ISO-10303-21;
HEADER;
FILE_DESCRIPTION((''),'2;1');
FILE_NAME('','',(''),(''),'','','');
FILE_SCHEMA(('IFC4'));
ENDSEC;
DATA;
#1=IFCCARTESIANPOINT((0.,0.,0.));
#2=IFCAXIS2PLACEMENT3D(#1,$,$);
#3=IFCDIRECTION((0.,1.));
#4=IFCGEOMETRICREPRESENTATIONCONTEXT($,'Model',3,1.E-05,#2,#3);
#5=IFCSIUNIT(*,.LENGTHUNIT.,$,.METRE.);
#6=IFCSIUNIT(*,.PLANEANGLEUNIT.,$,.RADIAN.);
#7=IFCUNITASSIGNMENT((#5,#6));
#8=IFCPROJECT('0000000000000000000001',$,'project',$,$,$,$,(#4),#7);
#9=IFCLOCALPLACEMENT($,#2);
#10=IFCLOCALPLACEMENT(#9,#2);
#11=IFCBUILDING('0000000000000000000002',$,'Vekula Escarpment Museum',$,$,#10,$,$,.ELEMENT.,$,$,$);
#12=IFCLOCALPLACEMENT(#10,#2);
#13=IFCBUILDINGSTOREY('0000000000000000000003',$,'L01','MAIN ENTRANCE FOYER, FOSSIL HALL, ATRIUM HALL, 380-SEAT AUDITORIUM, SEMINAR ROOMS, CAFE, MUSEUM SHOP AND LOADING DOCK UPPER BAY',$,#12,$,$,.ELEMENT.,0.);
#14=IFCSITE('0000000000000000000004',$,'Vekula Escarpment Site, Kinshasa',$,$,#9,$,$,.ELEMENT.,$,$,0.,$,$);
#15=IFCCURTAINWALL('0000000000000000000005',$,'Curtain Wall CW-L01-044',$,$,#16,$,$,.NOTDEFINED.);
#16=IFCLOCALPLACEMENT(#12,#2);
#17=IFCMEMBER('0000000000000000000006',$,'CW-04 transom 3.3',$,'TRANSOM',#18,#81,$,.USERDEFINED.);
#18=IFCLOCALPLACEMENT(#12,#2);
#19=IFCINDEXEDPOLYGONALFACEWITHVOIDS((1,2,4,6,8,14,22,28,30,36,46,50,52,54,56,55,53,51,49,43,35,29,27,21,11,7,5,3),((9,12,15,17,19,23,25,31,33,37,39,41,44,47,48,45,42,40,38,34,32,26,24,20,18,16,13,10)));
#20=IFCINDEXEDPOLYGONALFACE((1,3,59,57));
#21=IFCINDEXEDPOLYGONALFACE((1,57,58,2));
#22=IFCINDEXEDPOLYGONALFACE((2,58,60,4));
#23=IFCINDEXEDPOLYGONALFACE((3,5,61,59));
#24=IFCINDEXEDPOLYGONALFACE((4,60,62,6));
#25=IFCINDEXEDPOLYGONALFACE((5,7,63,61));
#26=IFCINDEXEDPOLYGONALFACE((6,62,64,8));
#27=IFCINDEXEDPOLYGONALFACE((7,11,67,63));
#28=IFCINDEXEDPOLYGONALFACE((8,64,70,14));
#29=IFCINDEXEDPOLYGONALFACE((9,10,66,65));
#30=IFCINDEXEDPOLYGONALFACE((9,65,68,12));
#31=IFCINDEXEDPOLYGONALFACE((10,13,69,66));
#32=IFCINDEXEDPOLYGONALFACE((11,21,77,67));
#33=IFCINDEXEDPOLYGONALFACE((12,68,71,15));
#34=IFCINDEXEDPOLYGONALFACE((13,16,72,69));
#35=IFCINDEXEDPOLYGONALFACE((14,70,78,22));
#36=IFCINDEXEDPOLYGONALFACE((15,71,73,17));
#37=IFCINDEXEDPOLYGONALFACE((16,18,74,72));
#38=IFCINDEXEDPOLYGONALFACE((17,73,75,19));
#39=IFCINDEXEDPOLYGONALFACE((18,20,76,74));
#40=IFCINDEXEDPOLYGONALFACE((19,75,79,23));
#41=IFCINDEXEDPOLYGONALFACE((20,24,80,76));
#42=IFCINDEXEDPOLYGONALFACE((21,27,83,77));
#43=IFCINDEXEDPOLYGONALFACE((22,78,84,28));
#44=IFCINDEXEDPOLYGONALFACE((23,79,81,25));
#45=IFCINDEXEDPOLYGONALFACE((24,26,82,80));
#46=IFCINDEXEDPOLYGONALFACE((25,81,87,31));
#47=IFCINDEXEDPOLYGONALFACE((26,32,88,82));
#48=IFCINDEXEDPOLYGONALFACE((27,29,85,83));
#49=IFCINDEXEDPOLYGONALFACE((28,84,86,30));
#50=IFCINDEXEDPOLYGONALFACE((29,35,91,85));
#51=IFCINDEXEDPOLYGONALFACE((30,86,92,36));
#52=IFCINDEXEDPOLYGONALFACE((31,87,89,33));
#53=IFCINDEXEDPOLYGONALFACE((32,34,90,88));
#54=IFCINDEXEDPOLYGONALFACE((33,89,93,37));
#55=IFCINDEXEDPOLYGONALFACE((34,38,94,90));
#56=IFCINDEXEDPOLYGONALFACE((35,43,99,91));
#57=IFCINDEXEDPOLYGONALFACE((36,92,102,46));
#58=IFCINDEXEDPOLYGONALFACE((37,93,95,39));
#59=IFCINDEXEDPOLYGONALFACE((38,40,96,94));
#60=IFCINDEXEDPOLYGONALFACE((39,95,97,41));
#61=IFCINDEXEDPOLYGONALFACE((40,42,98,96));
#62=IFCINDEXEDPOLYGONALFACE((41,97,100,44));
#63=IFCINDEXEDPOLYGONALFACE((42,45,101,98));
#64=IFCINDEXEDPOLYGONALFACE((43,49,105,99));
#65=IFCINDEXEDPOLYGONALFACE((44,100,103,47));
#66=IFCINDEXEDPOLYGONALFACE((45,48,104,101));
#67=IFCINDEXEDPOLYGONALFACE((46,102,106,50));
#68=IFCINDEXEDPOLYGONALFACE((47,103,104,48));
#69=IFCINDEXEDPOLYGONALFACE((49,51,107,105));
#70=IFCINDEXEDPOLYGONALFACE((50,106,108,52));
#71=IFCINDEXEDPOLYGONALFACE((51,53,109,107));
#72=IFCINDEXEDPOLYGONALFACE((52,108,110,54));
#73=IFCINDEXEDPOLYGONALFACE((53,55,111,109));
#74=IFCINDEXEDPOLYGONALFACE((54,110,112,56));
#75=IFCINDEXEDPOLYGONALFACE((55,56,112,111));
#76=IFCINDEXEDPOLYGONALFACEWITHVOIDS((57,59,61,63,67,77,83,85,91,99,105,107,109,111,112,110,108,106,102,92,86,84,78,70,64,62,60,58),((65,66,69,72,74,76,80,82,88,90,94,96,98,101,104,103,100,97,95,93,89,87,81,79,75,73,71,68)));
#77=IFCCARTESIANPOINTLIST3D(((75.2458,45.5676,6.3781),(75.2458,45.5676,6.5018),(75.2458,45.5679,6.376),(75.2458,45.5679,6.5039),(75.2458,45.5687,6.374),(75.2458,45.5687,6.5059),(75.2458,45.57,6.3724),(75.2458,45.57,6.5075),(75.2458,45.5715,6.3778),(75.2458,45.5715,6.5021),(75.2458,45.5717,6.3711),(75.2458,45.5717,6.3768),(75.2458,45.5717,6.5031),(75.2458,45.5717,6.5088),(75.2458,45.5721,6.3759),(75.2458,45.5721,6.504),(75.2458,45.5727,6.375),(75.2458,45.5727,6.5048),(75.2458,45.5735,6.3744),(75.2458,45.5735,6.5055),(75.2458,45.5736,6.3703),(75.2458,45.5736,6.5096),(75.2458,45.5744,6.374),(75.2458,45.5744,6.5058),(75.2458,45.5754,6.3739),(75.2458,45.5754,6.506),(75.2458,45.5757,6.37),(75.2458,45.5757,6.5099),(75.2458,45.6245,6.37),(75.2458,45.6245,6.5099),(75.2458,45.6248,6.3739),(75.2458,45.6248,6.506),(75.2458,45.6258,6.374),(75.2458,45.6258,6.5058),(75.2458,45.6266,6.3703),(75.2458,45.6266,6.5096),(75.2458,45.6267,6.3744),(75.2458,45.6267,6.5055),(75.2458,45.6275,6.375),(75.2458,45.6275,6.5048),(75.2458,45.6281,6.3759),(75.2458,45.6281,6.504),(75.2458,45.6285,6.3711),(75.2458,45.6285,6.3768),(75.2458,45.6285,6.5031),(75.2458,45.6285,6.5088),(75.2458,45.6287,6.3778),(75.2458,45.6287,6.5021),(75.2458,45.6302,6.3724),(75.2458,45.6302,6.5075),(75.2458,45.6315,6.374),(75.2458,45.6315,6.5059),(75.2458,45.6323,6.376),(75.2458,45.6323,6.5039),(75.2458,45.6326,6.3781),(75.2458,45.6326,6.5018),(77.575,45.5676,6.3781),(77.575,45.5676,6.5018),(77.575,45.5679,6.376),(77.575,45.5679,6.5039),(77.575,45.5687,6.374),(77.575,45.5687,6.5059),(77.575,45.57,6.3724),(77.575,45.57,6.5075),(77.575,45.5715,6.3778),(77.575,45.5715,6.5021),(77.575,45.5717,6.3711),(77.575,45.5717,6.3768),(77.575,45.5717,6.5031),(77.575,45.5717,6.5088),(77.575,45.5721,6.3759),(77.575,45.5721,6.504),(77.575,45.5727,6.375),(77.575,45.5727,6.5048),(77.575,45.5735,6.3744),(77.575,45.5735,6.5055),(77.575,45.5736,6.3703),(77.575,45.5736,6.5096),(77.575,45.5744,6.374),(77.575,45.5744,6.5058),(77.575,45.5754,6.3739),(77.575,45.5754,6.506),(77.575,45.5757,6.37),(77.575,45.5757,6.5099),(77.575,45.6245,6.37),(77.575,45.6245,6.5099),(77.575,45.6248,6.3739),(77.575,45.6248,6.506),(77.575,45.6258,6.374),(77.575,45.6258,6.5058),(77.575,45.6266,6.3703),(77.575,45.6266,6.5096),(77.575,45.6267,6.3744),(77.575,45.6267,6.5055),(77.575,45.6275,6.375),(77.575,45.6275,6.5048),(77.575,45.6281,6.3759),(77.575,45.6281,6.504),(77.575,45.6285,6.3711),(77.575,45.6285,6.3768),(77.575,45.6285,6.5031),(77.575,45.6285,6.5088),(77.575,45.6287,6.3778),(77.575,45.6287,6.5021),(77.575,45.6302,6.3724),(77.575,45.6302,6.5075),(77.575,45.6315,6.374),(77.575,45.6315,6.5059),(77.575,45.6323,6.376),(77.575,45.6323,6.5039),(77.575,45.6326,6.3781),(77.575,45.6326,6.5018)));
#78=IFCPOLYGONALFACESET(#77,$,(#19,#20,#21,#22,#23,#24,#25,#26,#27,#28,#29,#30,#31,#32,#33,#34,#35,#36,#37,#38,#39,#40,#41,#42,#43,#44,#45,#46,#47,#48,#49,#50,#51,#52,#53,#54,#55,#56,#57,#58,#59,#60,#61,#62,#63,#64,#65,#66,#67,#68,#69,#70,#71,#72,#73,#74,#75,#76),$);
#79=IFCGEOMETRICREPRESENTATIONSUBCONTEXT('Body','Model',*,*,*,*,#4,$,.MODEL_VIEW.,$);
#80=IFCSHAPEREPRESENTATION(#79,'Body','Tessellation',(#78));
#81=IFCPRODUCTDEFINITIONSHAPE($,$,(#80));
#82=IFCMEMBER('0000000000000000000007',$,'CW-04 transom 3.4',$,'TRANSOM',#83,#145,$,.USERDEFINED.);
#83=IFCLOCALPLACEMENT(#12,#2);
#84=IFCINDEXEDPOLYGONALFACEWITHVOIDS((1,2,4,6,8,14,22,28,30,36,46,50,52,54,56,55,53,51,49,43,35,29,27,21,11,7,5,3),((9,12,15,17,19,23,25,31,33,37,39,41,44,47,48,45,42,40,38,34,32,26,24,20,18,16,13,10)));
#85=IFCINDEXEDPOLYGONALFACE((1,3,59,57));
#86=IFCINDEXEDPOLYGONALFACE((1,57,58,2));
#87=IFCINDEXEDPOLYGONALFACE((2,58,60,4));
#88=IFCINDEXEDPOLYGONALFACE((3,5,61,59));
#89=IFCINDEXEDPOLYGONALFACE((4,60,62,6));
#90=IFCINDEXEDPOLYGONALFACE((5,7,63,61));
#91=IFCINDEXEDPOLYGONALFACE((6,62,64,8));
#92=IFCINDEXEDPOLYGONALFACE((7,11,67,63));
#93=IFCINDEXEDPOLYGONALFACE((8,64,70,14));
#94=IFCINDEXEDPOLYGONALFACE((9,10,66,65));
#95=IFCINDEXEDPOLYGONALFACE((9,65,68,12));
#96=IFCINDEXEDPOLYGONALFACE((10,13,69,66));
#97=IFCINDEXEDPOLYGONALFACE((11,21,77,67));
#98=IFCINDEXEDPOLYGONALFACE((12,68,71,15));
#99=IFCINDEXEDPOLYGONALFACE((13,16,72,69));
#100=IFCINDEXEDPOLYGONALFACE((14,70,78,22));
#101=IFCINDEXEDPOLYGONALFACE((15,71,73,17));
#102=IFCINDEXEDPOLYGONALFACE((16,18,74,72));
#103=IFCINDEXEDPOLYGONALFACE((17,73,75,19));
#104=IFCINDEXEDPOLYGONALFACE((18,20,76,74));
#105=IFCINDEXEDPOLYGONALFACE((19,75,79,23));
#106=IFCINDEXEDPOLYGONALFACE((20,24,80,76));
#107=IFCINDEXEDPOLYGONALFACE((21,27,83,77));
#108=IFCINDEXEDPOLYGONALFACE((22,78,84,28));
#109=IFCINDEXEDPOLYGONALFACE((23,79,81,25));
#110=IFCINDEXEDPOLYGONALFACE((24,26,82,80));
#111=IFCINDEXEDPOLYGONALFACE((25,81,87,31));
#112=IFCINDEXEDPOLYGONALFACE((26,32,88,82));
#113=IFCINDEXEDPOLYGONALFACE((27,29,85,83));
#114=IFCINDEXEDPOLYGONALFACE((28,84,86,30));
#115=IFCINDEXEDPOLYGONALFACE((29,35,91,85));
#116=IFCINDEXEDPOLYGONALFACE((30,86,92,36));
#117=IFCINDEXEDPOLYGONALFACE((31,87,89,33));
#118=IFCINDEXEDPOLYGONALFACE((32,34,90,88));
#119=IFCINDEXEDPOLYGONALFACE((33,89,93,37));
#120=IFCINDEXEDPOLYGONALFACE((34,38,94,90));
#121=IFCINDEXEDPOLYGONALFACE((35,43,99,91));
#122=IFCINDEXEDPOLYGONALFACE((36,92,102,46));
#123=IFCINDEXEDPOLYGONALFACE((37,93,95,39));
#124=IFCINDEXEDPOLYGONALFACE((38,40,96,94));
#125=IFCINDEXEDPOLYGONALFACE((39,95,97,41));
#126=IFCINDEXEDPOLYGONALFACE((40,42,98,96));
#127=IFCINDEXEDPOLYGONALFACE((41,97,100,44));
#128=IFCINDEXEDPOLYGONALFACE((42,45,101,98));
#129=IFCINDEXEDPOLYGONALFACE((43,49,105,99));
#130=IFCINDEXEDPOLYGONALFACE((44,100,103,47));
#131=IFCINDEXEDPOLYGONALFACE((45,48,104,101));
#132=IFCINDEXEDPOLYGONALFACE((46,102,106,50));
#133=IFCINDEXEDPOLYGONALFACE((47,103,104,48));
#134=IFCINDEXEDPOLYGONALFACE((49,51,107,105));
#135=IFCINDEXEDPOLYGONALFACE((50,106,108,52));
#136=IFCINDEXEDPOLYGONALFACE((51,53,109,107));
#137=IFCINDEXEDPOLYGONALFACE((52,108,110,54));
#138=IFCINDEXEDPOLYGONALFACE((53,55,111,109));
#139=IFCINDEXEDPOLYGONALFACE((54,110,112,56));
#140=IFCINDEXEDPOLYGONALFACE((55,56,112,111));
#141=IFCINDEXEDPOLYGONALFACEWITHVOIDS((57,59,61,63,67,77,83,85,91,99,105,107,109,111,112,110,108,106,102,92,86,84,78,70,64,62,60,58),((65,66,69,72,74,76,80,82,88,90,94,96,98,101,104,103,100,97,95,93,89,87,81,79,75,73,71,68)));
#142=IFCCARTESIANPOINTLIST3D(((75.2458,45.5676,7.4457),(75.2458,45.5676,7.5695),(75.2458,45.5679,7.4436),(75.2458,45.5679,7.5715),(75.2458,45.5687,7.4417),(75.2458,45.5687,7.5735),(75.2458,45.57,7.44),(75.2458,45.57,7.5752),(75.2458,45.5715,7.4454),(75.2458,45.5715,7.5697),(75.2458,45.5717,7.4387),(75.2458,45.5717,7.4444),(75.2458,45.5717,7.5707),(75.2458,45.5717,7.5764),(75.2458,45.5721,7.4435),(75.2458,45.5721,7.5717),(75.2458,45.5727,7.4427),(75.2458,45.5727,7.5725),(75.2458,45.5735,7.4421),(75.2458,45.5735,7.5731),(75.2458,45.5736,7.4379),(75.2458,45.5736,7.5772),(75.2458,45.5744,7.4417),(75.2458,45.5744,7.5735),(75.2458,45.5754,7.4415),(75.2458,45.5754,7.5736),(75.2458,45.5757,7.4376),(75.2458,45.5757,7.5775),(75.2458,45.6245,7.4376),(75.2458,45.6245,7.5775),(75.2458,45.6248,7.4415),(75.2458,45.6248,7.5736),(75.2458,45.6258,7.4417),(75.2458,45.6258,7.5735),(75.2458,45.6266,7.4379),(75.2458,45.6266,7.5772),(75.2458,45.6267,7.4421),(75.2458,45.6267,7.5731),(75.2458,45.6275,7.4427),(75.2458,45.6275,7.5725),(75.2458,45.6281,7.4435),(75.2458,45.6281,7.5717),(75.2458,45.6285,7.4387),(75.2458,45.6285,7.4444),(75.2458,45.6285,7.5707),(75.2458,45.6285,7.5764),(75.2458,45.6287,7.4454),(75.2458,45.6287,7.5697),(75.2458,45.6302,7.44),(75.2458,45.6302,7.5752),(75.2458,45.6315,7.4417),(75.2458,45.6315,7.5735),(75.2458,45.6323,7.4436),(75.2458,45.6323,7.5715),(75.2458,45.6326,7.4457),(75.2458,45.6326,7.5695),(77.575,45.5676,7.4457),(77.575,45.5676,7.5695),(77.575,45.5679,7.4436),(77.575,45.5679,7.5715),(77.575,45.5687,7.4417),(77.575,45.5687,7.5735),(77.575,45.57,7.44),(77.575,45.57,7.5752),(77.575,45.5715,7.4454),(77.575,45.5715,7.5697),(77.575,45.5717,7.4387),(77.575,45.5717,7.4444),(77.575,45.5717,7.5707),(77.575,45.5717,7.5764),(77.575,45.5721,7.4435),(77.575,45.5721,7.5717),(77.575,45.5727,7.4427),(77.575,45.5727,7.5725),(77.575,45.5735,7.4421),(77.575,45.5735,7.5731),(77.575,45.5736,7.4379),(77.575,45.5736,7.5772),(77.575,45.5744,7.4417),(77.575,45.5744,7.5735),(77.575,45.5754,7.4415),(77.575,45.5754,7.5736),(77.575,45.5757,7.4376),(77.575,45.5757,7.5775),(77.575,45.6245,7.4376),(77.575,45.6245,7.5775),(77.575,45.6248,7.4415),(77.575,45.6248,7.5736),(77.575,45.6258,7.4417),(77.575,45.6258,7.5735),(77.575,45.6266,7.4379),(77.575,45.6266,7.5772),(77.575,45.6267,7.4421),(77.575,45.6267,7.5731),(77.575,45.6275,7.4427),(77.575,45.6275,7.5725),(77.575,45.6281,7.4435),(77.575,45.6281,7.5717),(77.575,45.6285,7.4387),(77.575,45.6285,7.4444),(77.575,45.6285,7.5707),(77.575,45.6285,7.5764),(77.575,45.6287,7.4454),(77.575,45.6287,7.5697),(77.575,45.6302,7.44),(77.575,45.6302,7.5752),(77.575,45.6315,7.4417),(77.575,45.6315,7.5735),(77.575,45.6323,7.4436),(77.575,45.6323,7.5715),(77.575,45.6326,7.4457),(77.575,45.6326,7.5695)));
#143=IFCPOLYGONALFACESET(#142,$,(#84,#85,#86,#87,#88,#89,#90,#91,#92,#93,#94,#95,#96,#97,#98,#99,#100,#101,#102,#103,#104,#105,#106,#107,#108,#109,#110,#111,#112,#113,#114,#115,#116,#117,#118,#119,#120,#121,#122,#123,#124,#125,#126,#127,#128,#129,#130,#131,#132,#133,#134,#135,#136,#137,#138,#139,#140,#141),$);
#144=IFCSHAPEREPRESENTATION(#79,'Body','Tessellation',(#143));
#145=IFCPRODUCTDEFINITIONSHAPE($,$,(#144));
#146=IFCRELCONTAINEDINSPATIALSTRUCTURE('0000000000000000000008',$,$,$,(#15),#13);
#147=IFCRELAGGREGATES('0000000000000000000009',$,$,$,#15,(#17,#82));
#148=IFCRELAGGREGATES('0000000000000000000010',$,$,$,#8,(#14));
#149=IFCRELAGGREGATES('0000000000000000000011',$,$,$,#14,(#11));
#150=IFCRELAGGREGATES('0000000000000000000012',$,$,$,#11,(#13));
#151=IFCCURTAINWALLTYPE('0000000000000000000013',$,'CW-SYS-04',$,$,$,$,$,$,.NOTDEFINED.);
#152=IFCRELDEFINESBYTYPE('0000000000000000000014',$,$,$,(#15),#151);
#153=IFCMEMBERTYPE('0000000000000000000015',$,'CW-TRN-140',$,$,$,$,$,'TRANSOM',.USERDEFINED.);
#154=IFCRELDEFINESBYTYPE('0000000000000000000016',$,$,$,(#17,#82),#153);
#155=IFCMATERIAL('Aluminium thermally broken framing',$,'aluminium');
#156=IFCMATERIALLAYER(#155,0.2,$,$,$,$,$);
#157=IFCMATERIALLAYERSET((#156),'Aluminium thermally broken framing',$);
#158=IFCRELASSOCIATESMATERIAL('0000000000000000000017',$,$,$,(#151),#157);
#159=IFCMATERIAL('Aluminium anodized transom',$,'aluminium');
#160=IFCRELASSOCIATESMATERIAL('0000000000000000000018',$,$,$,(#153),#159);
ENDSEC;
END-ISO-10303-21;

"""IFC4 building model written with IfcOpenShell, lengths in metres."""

from ifc_helpers import new_model, si_unit, direction, frame, origin, origin_2d, place, context, subcontext, project, spatial, hollow_rectangle, extrude, material, layer, layer_set, material_profile, profile_set, type_object, element, aggregate, save


model = new_model("IFC4")

# Units and contexts
model_context = context("Model", 3, precision=1e-05, world=origin(), true_north=direction((0.0, 1.0)))
body_context = subcontext(model_context, "Body", "Model", "MODEL_VIEW")
ifc_project = project(units=[si_unit("LENGTHUNIT", "METRE"), si_unit("PLANEANGLEUNIT", "RADIAN")], contexts=[model_context])

# Site, building, storey
site_placement = place(None, origin())
site = spatial("IfcSite", under=ifc_project, at=site_placement, Name="Vekula Escarpment Site, Kinshasa", CompositionType="ELEMENT", RefElevation=0.0)
building_placement = place(site_placement, origin())
building = spatial("IfcBuilding", under=site, at=building_placement, Name="Vekula Escarpment Museum", CompositionType="ELEMENT")
storey_placement = place(building_placement, origin())
storey = spatial("IfcBuildingStorey", under=building, at=storey_placement, Name="L01", Description="MAIN ENTRANCE FOYER, FOSSIL HALL, ATRIUM HALL, 380-SEAT AUDITORIUM, SEMINAR ROOMS, CAFE, MUSEUM SHOP AND LOADING DOCK UPPER BAY", CompositionType="ELEMENT", Elevation=0.0)

# Curtain wall, members
ifc_material_1 = material(Name="Aluminium thermally broken framing", Category="aluminium")
ifc_layer_1 = layer(ifc_material_1, 0.2)
ifc_layer_set_1 = layer_set([ifc_layer_1], Name="Aluminium thermally broken framing")
curtain_wall_type = type_object("IfcCurtainWallType", Name="CW-SYS-04", PredefinedType="NOTDEFINED", material=ifc_layer_set_1)
curtain_wall_placement = place(storey_placement, origin())
curtain_wall = element("IfcCurtainWall", 1, at=curtain_wall_placement, inside=storey, type_object=curtain_wall_type, Name="Curtain Wall CW-L01-044", PredefinedType="NOTDEFINED")
ifc_material_2 = material(Name="Aluminium anodized transom", Category="aluminium")
ifc_material_profile_1 = material_profile(ifc_material_2, hollow_rectangle(XDim=0.0649, YDim=0.1399, WallThickness=0.0039, InnerFilletRadius=0.0039, OuterFilletRadius=0.0081, at=origin_2d()), Name="ALU 140x65x4")
ifc_profile_set_1 = profile_set([ifc_material_profile_1], Name="Aluminium anodized transom")
member_type_1 = type_object("IfcMemberType", Name="CW-TRN-140", ElementType="TRANSOM", PredefinedType="USERDEFINED", material=ifc_profile_set_1)
member_1_placement = place(storey_placement, frame((75.2458, 45.6001, 6.4399), z_axis=(1.0, 0.0, 0.0), x_axis=(0.0, 1.0, 0.0)))
member_1 = element("IfcMember", 2, at=member_1_placement, type_object=member_type_1, Name="CW-04 transom 3.3", ObjectType="TRANSOM", PredefinedType="USERDEFINED", context=body_context, shape_type="SweptSolid", body=[
    extrude(hollow_rectangle(XDim=0.0649, YDim=0.1399, WallThickness=0.0039, InnerFilletRadius=0.0039, OuterFilletRadius=0.0081, at=origin_2d()), origin(), (0.0, 0.0, 1.0), 2.3291),
])
member_2_placement = place(storey_placement, frame((75.2458, 45.6001, 7.5076), z_axis=(1.0, 0.0, 0.0), x_axis=(0.0, 1.0, 0.0)))
member_2 = element("IfcMember", 3, at=member_2_placement, type_object=member_type_1, Name="CW-04 transom 3.4", ObjectType="TRANSOM", PredefinedType="USERDEFINED", context=body_context, shape_type="SweptSolid", body=[
    extrude(hollow_rectangle(XDim=0.0649, YDim=0.1399, WallThickness=0.0039, InnerFilletRadius=0.0039, OuterFilletRadius=0.0081, at=origin_2d()), origin(), (0.0, 0.0, 1.0), 2.3291),
])

aggregate(curtain_wall, [member_1, member_2])

save(model, "model.ifc")
